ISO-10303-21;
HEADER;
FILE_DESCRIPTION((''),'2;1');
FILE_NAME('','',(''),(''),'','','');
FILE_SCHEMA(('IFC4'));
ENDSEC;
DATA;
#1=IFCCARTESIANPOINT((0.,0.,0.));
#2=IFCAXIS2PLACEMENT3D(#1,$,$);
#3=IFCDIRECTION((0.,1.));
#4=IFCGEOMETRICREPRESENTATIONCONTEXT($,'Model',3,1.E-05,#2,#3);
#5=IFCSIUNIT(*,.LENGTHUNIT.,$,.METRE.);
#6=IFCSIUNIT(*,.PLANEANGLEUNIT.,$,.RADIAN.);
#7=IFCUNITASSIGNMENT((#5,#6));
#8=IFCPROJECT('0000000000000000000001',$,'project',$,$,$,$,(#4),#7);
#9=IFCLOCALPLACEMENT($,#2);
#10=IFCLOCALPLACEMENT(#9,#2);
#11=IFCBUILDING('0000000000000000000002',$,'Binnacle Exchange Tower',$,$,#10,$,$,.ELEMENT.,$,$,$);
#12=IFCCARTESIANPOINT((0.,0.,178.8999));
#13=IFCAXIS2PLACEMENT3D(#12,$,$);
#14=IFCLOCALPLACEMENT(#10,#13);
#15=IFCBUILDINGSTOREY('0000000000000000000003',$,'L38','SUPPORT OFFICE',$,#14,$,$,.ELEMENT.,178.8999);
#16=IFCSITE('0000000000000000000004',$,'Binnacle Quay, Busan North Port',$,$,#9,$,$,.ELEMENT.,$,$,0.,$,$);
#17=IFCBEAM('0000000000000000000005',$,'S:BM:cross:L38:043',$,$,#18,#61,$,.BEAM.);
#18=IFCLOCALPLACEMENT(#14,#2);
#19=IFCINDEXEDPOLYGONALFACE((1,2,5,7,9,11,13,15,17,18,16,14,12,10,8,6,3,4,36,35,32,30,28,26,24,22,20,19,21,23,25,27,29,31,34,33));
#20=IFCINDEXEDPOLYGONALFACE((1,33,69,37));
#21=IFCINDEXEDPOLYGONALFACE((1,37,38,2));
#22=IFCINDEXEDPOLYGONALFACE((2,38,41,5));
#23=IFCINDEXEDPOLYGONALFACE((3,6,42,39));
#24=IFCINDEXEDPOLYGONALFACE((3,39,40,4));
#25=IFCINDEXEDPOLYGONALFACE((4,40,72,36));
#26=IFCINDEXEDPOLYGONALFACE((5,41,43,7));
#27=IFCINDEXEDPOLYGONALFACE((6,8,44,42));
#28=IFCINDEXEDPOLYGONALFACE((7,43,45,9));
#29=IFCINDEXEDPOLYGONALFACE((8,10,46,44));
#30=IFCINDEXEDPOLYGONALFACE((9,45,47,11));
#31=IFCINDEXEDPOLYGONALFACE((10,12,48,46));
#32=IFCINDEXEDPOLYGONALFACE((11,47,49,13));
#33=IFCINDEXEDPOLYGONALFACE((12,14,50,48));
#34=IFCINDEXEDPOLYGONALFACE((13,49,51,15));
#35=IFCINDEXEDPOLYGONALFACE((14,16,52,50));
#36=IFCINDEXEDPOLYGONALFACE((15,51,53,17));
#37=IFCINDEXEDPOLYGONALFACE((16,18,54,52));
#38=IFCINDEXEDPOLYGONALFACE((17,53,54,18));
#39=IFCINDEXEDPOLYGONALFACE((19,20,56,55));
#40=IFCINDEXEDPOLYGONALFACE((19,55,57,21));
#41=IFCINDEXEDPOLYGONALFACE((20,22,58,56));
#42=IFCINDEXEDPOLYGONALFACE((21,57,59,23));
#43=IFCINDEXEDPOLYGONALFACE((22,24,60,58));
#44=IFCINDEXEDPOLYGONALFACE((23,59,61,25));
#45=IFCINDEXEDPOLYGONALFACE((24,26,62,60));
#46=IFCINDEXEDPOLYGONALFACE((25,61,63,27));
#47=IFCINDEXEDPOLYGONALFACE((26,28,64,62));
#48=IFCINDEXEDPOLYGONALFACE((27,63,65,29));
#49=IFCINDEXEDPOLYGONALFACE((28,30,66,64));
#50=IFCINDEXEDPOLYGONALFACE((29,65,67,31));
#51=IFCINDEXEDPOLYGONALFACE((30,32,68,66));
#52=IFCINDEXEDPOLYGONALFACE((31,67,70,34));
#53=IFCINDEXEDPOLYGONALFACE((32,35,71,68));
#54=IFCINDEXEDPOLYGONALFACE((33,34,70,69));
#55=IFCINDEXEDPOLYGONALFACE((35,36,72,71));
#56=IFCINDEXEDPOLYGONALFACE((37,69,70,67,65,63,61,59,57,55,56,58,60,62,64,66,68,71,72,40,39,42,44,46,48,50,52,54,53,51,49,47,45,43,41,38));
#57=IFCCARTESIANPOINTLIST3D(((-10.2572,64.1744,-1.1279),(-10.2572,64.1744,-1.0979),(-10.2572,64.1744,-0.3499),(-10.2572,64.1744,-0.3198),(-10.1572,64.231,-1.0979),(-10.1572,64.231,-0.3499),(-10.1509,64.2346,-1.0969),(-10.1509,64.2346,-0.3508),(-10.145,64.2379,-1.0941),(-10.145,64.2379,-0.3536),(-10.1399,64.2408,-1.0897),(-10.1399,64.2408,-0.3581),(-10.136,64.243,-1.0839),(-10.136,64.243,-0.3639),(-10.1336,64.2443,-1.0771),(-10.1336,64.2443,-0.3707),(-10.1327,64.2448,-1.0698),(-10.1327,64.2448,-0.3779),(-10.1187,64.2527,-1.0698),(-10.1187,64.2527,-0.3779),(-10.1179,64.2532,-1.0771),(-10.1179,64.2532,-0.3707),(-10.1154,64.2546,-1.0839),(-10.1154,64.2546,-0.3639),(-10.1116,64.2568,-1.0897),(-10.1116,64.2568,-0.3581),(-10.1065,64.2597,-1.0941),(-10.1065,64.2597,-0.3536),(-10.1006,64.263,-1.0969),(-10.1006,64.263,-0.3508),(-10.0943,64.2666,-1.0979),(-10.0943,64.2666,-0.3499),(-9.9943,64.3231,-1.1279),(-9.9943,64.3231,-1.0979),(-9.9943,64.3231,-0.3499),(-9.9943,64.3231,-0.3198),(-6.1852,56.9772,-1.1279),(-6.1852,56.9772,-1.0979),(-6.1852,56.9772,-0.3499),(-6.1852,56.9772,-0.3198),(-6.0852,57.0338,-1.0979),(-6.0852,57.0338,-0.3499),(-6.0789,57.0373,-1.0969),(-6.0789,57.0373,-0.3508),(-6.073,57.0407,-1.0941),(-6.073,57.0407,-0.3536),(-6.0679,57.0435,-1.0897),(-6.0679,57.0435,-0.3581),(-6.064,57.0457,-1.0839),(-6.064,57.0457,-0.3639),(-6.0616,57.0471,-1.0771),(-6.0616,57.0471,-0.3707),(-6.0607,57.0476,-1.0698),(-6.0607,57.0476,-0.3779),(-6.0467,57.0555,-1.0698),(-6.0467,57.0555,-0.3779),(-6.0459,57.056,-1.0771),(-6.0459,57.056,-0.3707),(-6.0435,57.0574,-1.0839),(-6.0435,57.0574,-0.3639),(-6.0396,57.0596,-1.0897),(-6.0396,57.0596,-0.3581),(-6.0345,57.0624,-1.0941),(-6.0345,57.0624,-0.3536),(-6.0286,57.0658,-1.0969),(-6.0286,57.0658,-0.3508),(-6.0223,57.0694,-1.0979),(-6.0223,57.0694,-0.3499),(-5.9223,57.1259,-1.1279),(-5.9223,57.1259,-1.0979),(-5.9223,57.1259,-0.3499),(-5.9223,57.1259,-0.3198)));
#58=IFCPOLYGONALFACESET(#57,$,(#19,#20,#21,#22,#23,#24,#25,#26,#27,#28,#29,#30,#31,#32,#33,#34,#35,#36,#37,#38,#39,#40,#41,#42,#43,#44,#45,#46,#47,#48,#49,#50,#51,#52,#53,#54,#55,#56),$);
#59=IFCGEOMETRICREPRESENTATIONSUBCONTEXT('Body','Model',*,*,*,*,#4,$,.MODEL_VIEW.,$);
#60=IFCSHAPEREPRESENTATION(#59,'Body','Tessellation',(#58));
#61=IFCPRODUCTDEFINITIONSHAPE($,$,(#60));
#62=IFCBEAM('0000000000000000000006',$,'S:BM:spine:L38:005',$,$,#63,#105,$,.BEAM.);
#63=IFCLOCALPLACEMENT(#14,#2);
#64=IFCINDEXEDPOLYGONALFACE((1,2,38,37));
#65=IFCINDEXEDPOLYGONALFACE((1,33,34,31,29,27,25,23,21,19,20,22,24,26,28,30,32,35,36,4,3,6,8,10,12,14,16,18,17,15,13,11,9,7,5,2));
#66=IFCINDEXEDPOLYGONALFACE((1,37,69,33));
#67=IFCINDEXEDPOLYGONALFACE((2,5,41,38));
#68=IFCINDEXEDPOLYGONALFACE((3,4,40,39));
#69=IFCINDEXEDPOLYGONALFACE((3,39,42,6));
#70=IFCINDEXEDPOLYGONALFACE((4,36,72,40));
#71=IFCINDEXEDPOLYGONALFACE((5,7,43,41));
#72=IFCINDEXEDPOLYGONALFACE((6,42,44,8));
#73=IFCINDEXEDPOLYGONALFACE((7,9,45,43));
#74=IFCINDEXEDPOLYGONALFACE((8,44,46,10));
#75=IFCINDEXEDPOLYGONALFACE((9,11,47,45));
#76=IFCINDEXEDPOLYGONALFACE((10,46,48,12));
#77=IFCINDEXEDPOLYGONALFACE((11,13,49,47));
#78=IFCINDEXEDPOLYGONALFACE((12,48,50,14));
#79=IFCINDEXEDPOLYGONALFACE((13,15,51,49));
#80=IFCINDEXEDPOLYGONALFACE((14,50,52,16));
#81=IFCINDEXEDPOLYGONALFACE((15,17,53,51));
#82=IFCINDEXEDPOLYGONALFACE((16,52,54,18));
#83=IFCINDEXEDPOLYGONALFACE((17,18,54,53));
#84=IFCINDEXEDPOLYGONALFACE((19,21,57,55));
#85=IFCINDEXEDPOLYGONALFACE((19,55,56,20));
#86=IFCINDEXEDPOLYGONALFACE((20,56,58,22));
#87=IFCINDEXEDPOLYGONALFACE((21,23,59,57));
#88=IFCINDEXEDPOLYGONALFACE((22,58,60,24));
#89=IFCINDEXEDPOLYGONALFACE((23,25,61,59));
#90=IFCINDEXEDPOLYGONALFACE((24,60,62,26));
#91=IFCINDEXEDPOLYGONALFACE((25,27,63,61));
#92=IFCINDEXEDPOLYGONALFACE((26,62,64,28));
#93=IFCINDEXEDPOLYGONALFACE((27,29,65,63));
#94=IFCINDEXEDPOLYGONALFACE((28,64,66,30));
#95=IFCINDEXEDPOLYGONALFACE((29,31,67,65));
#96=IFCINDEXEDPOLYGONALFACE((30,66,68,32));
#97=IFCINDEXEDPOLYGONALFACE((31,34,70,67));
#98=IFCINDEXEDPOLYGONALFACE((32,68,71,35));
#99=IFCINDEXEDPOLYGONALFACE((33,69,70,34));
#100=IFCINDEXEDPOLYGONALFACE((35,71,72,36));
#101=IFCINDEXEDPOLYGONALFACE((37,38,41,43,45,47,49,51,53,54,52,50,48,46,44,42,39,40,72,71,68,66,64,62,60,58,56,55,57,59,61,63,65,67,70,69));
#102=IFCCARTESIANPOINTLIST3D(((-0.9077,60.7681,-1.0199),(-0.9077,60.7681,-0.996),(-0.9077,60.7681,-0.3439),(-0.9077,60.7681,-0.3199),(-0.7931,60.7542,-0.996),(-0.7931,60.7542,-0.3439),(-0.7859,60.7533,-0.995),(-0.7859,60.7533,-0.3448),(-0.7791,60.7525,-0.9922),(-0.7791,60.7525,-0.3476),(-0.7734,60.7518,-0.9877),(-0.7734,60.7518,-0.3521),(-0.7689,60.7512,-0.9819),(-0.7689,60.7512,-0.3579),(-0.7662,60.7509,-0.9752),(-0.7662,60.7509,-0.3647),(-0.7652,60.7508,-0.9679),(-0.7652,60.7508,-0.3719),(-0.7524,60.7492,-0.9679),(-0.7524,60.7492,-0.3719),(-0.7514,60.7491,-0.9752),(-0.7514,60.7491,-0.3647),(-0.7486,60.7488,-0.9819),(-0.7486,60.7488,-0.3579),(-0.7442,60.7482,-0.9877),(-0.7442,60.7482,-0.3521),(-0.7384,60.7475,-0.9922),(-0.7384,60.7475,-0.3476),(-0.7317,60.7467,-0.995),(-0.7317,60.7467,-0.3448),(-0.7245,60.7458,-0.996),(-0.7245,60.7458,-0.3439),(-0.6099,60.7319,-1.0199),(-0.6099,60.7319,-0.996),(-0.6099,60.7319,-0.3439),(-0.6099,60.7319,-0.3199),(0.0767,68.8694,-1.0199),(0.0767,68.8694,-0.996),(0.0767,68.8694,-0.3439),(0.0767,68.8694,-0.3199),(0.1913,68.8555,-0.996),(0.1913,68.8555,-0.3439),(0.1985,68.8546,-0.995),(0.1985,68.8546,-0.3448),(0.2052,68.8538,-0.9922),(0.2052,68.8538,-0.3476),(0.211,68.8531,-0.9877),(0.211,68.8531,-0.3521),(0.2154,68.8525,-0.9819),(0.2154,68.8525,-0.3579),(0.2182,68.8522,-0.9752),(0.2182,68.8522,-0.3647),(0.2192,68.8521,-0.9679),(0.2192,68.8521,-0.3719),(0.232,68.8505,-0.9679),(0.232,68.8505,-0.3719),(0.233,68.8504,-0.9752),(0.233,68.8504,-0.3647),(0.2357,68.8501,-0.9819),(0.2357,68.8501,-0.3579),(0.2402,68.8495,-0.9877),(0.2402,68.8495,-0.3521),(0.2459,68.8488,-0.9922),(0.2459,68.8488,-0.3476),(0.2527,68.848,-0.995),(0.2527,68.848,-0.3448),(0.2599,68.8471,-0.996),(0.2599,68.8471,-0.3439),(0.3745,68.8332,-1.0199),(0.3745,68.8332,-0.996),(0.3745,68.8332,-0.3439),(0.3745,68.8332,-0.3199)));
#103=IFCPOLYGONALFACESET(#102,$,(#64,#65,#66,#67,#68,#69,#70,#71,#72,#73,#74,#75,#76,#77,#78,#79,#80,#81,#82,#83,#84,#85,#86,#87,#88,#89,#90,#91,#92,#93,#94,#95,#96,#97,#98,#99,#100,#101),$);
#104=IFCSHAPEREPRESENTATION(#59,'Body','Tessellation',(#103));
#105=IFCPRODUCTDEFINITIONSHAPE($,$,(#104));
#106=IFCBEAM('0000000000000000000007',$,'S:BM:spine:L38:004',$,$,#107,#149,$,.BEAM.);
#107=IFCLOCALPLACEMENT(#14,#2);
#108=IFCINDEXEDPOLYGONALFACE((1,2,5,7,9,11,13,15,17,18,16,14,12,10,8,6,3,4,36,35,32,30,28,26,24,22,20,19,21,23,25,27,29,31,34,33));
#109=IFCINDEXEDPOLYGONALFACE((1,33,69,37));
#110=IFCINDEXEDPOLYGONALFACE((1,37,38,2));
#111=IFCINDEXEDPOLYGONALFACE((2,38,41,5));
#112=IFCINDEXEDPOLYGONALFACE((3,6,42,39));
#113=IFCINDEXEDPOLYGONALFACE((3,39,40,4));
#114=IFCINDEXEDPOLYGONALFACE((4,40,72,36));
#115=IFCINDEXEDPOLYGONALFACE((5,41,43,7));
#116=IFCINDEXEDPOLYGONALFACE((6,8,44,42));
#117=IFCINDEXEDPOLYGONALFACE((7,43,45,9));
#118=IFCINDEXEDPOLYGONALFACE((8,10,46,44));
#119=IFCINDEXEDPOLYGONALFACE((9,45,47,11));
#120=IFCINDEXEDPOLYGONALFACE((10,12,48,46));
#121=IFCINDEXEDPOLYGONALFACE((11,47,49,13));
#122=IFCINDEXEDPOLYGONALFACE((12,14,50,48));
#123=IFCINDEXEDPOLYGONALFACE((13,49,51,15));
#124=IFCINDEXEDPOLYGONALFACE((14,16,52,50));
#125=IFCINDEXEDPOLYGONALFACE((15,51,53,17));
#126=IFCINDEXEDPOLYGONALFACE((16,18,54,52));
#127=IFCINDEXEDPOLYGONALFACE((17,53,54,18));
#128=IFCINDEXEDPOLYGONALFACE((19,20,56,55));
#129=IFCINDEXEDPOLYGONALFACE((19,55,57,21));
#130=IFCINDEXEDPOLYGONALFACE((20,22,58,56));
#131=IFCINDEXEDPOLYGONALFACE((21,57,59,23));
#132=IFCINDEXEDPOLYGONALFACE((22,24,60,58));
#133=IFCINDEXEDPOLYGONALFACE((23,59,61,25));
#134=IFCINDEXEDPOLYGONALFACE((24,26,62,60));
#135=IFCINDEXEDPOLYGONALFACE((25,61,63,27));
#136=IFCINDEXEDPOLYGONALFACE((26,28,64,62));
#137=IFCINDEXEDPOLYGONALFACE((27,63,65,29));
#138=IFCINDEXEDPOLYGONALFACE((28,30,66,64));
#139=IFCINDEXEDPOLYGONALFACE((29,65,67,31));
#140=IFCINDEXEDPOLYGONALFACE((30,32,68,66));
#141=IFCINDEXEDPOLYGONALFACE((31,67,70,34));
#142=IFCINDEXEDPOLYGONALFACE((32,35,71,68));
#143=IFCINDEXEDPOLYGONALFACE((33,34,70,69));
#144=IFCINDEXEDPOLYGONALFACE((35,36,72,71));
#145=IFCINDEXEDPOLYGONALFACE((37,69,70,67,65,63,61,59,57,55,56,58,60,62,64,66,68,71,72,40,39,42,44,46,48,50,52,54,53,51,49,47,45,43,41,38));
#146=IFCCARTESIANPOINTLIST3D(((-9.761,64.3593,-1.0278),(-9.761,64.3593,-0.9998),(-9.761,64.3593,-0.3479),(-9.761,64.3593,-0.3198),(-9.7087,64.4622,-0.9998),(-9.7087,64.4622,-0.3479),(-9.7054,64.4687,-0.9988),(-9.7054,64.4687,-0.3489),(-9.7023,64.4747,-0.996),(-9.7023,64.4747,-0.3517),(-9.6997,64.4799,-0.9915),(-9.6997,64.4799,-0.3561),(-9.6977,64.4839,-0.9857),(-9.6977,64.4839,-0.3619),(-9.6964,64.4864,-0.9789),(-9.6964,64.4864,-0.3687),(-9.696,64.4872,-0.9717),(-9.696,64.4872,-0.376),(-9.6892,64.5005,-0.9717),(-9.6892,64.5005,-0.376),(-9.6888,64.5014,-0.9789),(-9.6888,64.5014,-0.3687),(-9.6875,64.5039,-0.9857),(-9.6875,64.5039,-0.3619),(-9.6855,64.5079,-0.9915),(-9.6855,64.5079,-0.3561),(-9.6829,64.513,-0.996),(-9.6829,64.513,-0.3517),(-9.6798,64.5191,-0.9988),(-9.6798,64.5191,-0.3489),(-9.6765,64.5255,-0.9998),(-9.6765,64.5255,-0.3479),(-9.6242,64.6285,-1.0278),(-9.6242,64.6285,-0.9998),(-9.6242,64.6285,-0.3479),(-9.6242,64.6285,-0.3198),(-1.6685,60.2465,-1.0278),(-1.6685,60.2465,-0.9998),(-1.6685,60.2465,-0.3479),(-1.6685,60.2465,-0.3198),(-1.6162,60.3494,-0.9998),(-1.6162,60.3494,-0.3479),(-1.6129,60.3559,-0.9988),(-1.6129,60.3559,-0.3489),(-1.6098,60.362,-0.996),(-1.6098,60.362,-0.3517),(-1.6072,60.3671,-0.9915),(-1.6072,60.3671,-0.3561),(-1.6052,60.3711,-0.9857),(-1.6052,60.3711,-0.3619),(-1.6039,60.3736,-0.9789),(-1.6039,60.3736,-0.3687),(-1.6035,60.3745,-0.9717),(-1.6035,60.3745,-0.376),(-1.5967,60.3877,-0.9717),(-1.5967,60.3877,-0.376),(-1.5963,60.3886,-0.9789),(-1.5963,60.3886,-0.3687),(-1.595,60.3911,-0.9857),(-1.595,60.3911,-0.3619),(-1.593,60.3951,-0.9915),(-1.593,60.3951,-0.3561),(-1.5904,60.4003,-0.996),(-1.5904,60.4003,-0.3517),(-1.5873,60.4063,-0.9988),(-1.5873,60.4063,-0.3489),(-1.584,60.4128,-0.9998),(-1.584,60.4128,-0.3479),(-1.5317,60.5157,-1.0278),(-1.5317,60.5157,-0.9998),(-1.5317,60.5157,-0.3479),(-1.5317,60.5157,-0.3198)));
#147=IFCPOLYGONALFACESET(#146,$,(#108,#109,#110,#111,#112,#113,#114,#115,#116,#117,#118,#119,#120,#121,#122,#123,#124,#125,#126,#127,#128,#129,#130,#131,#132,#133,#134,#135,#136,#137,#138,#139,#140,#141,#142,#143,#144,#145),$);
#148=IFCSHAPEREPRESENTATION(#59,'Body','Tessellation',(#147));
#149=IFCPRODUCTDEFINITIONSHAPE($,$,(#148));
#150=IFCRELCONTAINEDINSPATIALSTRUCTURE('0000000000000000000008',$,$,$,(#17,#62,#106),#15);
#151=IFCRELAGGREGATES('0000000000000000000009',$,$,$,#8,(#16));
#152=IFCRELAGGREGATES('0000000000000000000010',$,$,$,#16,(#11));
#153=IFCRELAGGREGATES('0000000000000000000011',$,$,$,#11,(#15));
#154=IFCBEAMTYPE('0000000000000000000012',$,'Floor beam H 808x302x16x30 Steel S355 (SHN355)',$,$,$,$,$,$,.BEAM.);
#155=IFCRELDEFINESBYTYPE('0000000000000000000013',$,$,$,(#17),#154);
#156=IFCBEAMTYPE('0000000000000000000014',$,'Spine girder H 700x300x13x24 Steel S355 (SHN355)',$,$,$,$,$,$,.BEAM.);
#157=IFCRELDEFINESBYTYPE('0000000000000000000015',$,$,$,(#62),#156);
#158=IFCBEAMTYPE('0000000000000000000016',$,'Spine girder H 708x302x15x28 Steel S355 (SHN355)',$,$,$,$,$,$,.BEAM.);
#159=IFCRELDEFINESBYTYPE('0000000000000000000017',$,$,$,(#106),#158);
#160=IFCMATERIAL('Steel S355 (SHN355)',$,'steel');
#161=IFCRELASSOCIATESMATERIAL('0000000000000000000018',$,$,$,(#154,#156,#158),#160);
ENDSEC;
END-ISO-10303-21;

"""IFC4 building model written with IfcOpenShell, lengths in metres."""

from ifc_helpers import new_model, si_unit, direction, frame, origin, origin_2d, place, context, subcontext, project, spatial, i_section, extrude, material, material_profile, profile_set, type_object, element, save


model = new_model("IFC4")

# Units and contexts
model_context = context("Model", 3, precision=1e-05, world=origin(), true_north=direction((0.0, 1.0)))
body_context = subcontext(model_context, "Body", "Model", "MODEL_VIEW")
ifc_project = project(units=[si_unit("LENGTHUNIT", "METRE"), si_unit("PLANEANGLEUNIT", "RADIAN")], contexts=[model_context])

# Site, building, storey
site_placement = place(None, origin())
site = spatial("IfcSite", under=ifc_project, at=site_placement, Name="Binnacle Quay, Busan North Port", CompositionType="ELEMENT", RefElevation=0.0)
building_placement = place(site_placement, origin())
building = spatial("IfcBuilding", under=site, at=building_placement, Name="Binnacle Exchange Tower", CompositionType="ELEMENT")
storey_placement = place(building_placement, frame((0.0, 0.0, 178.8999)))
storey = spatial("IfcBuildingStorey", under=building, at=storey_placement, Name="L38", Description="SUPPORT OFFICE", CompositionType="ELEMENT", Elevation=178.8999)

# Beams
ifc_material_1 = material(Name="Steel S355 (SHN355)", Category="steel")
ifc_material_profile_1 = material_profile(ifc_material_1, i_section(OverallWidth=0.302, OverallDepth=0.8081, WebThickness=0.0161, FlangeThickness=0.03, FilletRadius=0.0281, at=origin_2d()), Name="H 808x302x16x30")
ifc_profile_set_1 = profile_set([ifc_material_profile_1], Name="Steel S355 (SHN355)")
beam_type_1 = type_object("IfcBeamType", Name="Floor beam H 808x302x16x30 Steel S355 (SHN355)", PredefinedType="BEAM", material=ifc_profile_set_1)
beam_1_placement = place(storey_placement, frame((-10.1257, 64.2488, -0.7239), z_axis=(0.492424, -0.870355, 0.0), x_axis=(0.870355, 0.492424, 0.0)))
element("IfcBeam", 1, at=beam_1_placement, inside=storey, type_object=beam_type_1, Name="S:BM:cross:L38:043", PredefinedType="BEAM", context=body_context, shape_type="SweptSolid", body=[
    extrude(i_section(OverallWidth=0.302, OverallDepth=0.8081, WebThickness=0.0161, FlangeThickness=0.03, FilletRadius=0.0281, at=origin_2d()), origin(), (0.0, 0.0, 1.0), 8.2693),
])
ifc_material_profile_2 = material_profile(ifc_material_1, i_section(OverallWidth=0.3, OverallDepth=0.7, WebThickness=0.0129, FlangeThickness=0.0239, FilletRadius=0.0281, at=origin_2d()), Name="H 700x300x13x24")
ifc_profile_set_2 = profile_set([ifc_material_profile_2], Name="Steel S355 (SHN355)")
beam_type_2 = type_object("IfcBeamType", Name="Spine girder H 700x300x13x24 Steel S355 (SHN355)", PredefinedType="BEAM", material=ifc_profile_set_2)
beam_2_placement = place(storey_placement, frame((-0.7588, 60.75, -0.6699), z_axis=(0.120621, 0.992699, 0.0), x_axis=(-0.992699, 0.120621, 0.0)))
element("IfcBeam", 2, at=beam_2_placement, inside=storey, type_object=beam_type_2, Name="S:BM:spine:L38:005", PredefinedType="BEAM", context=body_context, shape_type="SweptSolid", body=[
    extrude(i_section(OverallWidth=0.3, OverallDepth=0.7, WebThickness=0.0129, FlangeThickness=0.0239, FilletRadius=0.0281, at=origin_2d()), origin(), (0.0, 0.0, 1.0), 8.1609),
])
ifc_material_profile_3 = material_profile(ifc_material_1, i_section(OverallWidth=0.302, OverallDepth=0.708, WebThickness=0.0149, FlangeThickness=0.0281, FilletRadius=0.0281, at=origin_2d()), Name="H 708x302x15x28")
ifc_profile_set_3 = profile_set([ifc_material_profile_3], Name="Steel S355 (SHN355)")
beam_type_3 = type_object("IfcBeamType", Name="Spine girder H 708x302x15x28 Steel S355 (SHN355)", PredefinedType="BEAM", material=ifc_profile_set_3)
beam_3_placement = place(storey_placement, frame((-1.6001, 60.3811, -0.6738), z_axis=(-0.891476, 0.453067, 0.0), x_axis=(-0.453067, -0.891476, 0.0)))
element("IfcBeam", 3, at=beam_3_placement, inside=storey, type_object=beam_type_3, Name="S:BM:spine:L38:004", PredefinedType="BEAM", context=body_context, shape_type="SweptSolid", body=[
    extrude(i_section(OverallWidth=0.302, OverallDepth=0.708, WebThickness=0.0149, FlangeThickness=0.0281, FilletRadius=0.0281, at=origin_2d()), origin(), (0.0, 0.0, 1.0), 9.0776),
])

save(model, "model.ifc")
